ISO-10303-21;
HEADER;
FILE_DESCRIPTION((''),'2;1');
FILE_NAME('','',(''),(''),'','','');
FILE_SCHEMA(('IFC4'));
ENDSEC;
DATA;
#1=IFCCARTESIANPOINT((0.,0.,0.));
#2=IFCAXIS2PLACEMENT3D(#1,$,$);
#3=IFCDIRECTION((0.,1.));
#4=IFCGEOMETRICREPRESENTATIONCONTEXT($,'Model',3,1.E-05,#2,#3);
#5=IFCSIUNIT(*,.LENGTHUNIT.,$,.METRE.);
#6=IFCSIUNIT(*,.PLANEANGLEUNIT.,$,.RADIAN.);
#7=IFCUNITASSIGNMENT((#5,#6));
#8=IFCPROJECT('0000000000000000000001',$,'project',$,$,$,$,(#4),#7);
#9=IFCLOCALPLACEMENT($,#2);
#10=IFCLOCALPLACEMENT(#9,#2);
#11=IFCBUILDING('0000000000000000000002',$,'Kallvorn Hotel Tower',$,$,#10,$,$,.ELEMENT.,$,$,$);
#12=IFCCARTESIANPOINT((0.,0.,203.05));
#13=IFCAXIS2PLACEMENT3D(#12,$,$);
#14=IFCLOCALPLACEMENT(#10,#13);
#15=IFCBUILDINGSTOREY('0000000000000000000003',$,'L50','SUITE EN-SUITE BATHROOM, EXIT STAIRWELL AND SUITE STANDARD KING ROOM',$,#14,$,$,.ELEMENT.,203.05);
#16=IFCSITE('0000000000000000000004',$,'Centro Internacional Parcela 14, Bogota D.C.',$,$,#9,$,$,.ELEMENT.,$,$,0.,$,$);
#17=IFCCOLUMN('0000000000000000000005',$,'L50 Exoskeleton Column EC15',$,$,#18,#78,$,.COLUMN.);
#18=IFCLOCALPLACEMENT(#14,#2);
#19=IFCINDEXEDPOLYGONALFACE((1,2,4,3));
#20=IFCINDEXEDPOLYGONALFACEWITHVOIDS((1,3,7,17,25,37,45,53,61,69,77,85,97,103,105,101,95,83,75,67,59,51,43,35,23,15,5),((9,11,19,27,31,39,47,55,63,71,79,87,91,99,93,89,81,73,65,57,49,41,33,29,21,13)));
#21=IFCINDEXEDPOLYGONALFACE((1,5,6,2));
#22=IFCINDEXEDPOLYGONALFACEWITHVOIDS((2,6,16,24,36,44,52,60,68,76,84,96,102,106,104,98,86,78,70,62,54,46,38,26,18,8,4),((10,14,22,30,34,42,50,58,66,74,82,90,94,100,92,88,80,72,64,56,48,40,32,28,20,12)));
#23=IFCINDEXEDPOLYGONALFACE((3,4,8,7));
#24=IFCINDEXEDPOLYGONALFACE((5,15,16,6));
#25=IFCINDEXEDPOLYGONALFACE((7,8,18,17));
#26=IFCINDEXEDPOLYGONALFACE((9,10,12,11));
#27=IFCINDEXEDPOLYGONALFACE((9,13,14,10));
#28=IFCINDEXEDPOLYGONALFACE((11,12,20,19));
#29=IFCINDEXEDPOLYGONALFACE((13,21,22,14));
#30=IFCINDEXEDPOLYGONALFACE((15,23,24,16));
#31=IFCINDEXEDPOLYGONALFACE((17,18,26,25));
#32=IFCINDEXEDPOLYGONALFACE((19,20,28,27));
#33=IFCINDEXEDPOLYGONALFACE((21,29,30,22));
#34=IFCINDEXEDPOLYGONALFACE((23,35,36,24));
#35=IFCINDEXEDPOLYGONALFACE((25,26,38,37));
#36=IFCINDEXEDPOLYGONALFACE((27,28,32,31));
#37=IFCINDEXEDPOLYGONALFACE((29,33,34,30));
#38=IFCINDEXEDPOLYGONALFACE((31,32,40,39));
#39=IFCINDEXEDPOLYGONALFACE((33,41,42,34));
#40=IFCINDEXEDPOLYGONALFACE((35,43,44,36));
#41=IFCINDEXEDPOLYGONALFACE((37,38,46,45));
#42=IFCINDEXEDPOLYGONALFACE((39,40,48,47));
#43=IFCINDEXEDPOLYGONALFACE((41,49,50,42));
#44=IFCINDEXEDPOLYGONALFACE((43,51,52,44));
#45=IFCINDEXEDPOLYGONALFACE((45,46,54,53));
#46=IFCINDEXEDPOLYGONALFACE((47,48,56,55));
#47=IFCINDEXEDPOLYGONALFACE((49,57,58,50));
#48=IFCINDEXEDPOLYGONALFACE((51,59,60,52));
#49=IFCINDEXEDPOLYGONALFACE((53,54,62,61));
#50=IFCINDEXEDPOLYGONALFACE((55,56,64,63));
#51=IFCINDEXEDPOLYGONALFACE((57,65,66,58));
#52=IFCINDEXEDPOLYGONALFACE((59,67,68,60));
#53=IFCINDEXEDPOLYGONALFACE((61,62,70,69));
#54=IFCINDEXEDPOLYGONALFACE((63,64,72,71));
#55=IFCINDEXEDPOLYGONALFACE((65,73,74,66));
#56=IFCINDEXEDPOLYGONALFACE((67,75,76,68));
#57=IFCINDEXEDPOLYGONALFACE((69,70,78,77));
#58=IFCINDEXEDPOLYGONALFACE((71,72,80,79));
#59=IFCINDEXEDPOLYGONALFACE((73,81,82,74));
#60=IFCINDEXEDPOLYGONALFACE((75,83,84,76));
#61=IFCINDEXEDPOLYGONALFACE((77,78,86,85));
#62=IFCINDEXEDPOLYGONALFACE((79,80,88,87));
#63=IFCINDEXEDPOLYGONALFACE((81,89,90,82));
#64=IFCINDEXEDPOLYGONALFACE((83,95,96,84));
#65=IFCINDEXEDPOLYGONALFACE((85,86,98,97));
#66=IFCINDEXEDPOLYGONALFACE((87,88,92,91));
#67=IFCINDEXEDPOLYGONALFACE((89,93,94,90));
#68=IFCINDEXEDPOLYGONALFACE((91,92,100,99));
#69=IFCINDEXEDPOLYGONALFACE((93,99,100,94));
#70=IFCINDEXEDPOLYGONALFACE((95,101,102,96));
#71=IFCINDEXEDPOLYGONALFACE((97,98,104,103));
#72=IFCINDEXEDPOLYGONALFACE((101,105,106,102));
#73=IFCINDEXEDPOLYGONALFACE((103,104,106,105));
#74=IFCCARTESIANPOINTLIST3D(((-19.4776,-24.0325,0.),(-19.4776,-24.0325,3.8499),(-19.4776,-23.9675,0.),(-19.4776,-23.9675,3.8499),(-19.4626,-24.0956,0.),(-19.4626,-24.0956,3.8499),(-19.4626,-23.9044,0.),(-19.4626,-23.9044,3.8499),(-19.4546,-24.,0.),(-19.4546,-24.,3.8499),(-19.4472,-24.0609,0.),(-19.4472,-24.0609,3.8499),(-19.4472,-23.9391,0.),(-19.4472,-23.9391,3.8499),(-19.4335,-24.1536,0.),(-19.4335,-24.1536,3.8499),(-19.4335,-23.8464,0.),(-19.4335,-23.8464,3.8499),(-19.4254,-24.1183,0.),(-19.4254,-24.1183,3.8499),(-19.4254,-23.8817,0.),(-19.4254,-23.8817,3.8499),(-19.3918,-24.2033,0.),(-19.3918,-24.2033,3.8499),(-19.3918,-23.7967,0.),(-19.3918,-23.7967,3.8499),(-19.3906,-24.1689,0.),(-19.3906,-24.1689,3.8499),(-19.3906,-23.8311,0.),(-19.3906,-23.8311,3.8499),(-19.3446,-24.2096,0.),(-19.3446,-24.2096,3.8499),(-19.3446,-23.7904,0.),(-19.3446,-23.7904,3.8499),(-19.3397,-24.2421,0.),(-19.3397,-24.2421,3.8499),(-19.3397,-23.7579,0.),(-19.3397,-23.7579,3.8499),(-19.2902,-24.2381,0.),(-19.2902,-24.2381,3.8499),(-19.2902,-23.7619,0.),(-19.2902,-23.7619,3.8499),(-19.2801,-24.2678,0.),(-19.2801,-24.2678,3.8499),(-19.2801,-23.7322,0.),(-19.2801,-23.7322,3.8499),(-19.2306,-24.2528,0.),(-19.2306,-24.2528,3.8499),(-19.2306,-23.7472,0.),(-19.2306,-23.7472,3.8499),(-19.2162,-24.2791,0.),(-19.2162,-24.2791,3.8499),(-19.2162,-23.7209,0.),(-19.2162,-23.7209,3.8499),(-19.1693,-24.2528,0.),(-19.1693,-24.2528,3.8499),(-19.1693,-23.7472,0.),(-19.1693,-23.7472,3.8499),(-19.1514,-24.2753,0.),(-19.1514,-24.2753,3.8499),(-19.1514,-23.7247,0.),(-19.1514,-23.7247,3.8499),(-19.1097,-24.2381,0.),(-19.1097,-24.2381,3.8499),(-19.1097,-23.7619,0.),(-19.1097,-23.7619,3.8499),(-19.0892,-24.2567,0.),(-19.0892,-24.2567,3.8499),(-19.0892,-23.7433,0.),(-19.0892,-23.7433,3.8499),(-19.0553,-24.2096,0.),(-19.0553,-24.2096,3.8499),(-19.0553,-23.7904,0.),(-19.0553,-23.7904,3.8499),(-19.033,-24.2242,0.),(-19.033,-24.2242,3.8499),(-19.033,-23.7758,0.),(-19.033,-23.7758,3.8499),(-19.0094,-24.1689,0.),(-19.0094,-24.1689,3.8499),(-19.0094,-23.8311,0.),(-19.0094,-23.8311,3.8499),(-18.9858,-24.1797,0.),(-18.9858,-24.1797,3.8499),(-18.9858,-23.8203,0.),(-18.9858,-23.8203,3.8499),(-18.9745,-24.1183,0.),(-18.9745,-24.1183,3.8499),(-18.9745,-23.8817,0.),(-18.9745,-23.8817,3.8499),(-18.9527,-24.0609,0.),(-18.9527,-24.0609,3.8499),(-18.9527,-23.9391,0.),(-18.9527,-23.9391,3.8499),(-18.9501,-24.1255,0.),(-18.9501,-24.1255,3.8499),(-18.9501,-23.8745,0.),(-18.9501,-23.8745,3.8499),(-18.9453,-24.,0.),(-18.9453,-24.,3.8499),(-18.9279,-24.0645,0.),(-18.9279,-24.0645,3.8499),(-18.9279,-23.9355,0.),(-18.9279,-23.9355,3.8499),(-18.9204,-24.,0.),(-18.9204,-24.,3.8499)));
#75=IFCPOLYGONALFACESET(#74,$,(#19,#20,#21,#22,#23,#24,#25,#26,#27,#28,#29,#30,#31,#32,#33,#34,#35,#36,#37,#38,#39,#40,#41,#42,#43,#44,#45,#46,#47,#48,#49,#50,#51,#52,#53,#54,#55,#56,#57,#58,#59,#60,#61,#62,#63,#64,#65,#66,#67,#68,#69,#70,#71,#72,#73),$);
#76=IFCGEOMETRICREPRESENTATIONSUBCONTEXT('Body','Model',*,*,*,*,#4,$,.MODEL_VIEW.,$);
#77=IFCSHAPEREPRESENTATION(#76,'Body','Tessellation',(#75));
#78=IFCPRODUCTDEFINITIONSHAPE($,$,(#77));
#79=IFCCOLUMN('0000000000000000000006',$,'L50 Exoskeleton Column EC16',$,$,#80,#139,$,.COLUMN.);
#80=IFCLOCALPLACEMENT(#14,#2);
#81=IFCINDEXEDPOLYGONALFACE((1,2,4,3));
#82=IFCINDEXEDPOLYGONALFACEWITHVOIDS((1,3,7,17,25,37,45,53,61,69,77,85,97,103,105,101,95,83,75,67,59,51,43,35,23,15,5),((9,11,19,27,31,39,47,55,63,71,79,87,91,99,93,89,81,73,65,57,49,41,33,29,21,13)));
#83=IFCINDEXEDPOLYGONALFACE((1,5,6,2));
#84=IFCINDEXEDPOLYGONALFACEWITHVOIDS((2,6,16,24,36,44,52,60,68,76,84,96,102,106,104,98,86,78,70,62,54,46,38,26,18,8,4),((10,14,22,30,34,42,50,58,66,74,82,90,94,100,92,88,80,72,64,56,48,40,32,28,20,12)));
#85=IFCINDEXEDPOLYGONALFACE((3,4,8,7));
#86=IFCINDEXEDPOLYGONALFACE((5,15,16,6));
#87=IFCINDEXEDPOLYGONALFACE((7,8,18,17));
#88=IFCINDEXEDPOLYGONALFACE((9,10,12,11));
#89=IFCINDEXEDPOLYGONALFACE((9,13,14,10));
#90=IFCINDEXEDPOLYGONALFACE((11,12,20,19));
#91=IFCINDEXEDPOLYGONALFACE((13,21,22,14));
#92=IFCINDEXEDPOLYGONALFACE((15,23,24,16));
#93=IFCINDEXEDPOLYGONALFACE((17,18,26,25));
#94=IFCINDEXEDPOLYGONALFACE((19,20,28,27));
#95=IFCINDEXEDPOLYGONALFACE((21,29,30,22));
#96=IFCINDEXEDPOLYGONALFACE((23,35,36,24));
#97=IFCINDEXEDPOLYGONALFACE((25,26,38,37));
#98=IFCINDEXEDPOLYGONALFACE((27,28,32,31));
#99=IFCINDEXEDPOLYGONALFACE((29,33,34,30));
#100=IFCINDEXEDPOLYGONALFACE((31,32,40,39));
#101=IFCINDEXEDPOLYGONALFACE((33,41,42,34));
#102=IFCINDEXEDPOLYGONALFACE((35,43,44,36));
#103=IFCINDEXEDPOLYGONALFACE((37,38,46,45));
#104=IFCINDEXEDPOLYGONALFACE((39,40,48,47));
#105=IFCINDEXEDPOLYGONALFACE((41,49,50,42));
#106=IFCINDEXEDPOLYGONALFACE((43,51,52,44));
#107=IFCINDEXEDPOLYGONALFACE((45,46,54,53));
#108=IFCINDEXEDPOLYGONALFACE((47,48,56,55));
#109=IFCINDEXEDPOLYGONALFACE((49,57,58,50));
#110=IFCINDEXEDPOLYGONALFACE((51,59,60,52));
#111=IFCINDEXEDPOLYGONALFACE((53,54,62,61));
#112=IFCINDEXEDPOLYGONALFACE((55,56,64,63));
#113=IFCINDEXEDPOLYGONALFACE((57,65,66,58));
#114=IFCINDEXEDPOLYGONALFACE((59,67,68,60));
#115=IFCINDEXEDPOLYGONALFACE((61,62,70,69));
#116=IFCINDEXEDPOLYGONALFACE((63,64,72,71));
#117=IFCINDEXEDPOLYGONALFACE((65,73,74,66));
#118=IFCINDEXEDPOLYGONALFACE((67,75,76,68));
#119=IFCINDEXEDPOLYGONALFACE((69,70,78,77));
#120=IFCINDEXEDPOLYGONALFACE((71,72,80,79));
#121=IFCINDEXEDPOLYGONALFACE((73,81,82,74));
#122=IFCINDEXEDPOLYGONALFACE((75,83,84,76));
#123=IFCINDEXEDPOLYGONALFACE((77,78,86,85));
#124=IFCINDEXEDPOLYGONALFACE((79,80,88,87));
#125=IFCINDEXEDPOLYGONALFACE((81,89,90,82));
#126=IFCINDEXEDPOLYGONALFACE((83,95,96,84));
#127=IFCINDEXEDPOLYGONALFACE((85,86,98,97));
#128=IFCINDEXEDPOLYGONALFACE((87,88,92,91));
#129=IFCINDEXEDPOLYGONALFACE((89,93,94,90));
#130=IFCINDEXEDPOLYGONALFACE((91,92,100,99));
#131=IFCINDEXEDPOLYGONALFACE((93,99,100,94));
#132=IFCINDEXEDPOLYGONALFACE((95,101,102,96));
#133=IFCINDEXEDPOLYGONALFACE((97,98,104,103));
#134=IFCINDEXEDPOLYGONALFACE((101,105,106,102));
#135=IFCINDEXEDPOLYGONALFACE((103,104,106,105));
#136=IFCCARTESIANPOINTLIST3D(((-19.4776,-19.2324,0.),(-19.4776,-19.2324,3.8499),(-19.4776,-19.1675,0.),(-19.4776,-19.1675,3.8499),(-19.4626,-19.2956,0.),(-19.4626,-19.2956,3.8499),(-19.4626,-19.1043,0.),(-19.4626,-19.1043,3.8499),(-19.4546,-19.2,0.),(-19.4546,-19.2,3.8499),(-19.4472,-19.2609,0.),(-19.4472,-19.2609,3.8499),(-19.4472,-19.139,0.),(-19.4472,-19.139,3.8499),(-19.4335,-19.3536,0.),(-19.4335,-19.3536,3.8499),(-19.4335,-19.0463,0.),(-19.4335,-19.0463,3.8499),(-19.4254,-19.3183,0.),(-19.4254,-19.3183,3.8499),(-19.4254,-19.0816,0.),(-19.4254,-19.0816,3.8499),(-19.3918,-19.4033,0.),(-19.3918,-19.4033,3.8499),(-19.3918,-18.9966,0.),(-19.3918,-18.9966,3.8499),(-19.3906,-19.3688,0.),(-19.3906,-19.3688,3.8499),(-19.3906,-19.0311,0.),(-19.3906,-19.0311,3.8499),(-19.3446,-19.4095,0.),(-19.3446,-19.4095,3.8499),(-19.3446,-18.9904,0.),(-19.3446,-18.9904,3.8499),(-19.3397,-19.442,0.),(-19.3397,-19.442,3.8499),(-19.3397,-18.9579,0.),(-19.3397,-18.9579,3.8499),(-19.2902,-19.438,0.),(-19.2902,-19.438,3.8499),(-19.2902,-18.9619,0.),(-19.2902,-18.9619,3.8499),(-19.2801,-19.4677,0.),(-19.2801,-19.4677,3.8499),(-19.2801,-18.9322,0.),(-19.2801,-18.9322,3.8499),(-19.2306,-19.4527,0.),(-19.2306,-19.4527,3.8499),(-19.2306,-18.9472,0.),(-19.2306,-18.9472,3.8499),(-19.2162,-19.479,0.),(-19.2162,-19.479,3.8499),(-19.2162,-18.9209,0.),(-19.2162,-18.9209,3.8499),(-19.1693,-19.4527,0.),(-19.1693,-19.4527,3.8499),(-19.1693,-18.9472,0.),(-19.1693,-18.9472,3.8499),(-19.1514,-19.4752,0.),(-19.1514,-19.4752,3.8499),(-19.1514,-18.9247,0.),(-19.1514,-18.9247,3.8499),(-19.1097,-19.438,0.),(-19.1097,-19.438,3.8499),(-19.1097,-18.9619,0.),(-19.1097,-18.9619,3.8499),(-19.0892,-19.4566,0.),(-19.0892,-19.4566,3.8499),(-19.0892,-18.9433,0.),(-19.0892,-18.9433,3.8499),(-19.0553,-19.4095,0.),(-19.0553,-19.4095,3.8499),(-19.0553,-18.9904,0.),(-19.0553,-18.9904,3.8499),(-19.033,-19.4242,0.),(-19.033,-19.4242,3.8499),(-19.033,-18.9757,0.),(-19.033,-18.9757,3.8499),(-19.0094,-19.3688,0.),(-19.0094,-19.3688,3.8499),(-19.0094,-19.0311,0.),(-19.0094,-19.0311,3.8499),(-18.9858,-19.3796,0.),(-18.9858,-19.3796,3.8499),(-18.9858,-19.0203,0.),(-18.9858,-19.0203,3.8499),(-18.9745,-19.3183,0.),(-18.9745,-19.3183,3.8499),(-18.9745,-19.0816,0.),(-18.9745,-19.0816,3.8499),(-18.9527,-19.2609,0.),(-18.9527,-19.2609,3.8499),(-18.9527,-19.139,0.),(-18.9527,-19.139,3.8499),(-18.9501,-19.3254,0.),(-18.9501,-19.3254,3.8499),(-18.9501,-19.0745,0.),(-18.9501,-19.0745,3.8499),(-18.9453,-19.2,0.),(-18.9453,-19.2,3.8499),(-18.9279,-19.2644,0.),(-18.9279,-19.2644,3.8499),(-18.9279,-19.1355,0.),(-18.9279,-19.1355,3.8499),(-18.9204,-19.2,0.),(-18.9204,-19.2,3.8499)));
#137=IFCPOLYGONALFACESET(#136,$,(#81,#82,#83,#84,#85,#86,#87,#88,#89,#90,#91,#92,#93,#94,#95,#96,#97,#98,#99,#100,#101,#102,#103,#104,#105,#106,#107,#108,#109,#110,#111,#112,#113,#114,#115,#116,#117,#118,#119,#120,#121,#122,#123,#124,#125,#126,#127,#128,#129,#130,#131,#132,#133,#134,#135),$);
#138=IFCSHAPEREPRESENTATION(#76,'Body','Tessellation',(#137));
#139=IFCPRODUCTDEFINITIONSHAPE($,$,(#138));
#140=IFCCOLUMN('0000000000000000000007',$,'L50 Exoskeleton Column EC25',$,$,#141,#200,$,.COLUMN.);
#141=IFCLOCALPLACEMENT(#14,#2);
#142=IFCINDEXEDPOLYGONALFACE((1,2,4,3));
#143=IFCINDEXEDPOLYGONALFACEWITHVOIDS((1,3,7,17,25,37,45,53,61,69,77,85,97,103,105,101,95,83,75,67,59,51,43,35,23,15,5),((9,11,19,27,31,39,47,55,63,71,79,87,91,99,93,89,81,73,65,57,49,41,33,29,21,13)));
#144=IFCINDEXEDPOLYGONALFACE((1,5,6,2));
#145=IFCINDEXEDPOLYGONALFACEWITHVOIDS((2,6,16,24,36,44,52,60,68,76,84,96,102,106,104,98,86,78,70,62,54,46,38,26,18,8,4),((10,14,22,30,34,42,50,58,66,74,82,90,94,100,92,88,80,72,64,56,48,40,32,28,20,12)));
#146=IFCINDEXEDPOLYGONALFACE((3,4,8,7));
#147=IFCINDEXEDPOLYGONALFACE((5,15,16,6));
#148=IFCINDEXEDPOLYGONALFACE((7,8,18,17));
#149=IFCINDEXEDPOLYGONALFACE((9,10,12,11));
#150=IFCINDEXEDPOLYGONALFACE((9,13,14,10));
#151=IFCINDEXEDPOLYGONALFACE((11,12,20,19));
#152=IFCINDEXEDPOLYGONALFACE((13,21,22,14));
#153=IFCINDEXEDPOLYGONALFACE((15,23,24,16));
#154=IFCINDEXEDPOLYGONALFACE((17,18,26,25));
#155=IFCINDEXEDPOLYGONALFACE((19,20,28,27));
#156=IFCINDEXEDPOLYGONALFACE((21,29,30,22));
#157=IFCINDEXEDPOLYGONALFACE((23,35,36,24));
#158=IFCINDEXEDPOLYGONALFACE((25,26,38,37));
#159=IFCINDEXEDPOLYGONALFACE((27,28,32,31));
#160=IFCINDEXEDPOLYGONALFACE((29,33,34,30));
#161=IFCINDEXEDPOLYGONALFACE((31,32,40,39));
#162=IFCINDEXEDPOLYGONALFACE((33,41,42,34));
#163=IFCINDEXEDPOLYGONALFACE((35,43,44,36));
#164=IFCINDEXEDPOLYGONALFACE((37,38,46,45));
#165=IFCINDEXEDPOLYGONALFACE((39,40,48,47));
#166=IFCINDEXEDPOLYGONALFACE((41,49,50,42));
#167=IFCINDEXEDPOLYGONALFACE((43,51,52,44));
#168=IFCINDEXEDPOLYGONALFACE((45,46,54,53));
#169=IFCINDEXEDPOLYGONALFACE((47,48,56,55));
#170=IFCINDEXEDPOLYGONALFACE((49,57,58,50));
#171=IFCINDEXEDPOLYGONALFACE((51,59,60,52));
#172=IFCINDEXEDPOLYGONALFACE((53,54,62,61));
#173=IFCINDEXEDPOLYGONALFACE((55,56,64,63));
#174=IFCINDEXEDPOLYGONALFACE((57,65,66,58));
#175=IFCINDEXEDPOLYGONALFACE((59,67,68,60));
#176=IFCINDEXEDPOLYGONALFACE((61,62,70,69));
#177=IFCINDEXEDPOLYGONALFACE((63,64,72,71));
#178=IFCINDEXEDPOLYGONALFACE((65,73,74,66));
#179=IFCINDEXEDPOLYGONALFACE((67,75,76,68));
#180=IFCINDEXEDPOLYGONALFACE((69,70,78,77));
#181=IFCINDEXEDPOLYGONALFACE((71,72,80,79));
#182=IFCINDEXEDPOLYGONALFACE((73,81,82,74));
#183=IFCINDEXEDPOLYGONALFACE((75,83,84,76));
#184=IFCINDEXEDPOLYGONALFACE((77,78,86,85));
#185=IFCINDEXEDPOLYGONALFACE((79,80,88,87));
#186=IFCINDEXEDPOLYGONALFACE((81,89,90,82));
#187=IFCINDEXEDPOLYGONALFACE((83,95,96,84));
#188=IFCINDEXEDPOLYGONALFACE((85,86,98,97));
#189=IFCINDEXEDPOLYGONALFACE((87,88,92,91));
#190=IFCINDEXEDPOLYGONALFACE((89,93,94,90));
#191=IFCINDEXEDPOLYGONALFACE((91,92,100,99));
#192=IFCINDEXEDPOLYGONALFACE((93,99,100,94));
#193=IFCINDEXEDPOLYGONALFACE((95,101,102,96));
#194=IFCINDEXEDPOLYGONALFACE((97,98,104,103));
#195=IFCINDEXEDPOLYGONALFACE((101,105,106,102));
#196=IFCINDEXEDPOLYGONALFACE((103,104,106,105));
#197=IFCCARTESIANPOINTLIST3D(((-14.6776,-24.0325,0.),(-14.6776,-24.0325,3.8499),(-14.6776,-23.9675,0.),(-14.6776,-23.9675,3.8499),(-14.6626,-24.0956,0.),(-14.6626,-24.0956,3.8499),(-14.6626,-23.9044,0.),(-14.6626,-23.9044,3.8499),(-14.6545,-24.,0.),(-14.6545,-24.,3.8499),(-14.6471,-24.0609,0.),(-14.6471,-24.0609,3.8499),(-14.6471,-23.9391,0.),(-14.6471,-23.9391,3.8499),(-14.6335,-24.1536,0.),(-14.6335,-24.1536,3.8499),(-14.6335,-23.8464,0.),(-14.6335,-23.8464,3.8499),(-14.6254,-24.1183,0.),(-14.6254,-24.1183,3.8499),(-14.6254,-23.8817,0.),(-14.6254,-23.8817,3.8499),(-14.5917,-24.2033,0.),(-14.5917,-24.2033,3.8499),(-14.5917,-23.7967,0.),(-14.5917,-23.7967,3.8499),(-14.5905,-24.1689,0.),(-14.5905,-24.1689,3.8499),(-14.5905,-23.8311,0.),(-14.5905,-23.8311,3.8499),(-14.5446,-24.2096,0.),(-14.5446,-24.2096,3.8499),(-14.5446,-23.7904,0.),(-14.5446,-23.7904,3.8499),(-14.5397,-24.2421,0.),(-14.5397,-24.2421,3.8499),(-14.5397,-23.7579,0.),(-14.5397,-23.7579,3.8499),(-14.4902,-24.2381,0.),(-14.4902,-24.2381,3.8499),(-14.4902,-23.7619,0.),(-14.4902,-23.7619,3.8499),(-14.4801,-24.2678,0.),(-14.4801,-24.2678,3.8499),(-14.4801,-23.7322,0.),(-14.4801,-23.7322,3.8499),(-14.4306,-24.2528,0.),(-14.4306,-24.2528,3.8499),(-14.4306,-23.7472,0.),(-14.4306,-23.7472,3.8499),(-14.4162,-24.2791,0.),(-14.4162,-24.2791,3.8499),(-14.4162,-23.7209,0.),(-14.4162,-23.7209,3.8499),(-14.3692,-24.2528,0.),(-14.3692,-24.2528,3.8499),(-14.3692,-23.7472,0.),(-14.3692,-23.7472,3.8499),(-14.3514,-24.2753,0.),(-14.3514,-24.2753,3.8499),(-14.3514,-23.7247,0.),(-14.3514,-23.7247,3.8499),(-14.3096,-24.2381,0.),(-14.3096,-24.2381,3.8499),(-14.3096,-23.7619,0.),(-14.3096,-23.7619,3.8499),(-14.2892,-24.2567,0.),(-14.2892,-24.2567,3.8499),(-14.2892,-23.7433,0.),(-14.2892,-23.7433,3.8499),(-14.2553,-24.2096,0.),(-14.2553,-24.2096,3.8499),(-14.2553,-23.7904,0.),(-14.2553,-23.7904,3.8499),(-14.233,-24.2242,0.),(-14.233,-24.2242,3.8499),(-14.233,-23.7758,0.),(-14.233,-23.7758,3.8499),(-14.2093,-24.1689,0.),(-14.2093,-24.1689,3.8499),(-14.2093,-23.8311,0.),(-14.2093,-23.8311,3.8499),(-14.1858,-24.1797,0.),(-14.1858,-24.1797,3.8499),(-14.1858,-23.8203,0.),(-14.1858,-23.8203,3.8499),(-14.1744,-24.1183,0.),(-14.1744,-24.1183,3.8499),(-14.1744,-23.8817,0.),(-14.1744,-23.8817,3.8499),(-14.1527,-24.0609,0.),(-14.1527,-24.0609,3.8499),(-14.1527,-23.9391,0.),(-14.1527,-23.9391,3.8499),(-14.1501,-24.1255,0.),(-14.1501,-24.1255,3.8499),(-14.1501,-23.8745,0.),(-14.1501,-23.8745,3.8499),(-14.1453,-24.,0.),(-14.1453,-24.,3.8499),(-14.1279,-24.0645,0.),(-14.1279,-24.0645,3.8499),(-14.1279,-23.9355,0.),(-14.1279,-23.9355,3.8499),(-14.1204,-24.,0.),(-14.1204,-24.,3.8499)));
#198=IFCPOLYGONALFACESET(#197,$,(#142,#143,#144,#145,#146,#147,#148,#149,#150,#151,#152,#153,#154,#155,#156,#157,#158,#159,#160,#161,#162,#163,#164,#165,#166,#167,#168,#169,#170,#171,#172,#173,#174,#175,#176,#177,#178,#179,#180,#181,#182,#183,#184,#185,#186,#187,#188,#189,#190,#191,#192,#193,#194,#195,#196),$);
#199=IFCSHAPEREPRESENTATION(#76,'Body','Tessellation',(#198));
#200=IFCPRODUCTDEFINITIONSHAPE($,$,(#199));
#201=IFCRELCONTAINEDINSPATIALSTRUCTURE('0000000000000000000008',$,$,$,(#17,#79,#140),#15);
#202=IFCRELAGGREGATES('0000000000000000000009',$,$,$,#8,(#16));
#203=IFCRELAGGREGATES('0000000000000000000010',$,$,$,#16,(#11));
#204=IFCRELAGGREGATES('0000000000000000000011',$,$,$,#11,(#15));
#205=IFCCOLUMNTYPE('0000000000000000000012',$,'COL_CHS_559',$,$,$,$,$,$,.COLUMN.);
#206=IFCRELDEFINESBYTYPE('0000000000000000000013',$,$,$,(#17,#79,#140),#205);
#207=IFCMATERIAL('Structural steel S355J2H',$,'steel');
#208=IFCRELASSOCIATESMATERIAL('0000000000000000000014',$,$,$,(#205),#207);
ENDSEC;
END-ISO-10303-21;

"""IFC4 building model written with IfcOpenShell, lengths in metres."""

from ifc_helpers import new_model, si_unit, direction, frame, origin, origin_2d, place, context, subcontext, project, spatial, hollow_circle, extrude, material, material_profile, profile_set, type_object, element, save


model = new_model("IFC4")

# Units and contexts
model_context = context("Model", 3, precision=1e-05, world=origin(), true_north=direction((0.0, 1.0)))
body_context = subcontext(model_context, "Body", "Model", "MODEL_VIEW")
ifc_project = project(units=[si_unit("LENGTHUNIT", "METRE"), si_unit("PLANEANGLEUNIT", "RADIAN")], contexts=[model_context])

# Site, building, storey
site_placement = place(None, origin())
site = spatial("IfcSite", under=ifc_project, at=site_placement, Name="Centro Internacional Parcela 14, Bogota D.C.", CompositionType="ELEMENT", RefElevation=0.0)
building_placement = place(site_placement, origin())
building = spatial("IfcBuilding", under=site, at=building_placement, Name="Kallvorn Hotel Tower", CompositionType="ELEMENT")
storey_placement = place(building_placement, frame((0.0, 0.0, 203.05)))
storey = spatial("IfcBuildingStorey", under=building, at=storey_placement, Name="L50", Description="SUITE EN-SUITE BATHROOM, EXIT STAIRWELL AND SUITE STANDARD KING ROOM", CompositionType="ELEMENT", Elevation=203.05)

# Columns
ifc_material_1 = material(Name="Structural steel S355J2H", Category="steel")
ifc_material_profile_1 = material_profile(ifc_material_1, hollow_circle(Radius=0.2795, WallThickness=0.0249, at=origin_2d()), Name="CHS 559x25")
ifc_profile_set_1 = profile_set([ifc_material_profile_1], Name="Structural steel S355J2H")
column_type = type_object("IfcColumnType", Name="COL_CHS_559", PredefinedType="COLUMN", material=ifc_profile_set_1)
for number, where, z_axis, x_axis, name in (
    (1, (-19.2, -24.0, 0.0), (0.0, 0.0, 1.0), (1.0, 0.0, 0.0), "L50 Exoskeleton Column EC15"),
    (2, (-19.2, -19.2, 0.0), (0.0, 0.0, 1.0), (1.0, 0.0, 0.0), "L50 Exoskeleton Column EC16"),
    (3, (-14.3999, -24.0, 0.0), (0.0, 0.0, 1.0), (1.0, 0.0, 0.0), "L50 Exoskeleton Column EC25"),
):
    element("IfcColumn", number, at=place(storey_placement, frame(where, z_axis=z_axis, x_axis=x_axis)), inside=storey, type_object=column_type, Name=name, PredefinedType="COLUMN", context=body_context, shape_type="SweptSolid", body=[
        extrude(hollow_circle(Radius=0.2795, WallThickness=0.0249, at=origin_2d()), origin(), (0.0, 0.0, 1.0), 3.8499),
    ])

save(model, "model.ifc")
